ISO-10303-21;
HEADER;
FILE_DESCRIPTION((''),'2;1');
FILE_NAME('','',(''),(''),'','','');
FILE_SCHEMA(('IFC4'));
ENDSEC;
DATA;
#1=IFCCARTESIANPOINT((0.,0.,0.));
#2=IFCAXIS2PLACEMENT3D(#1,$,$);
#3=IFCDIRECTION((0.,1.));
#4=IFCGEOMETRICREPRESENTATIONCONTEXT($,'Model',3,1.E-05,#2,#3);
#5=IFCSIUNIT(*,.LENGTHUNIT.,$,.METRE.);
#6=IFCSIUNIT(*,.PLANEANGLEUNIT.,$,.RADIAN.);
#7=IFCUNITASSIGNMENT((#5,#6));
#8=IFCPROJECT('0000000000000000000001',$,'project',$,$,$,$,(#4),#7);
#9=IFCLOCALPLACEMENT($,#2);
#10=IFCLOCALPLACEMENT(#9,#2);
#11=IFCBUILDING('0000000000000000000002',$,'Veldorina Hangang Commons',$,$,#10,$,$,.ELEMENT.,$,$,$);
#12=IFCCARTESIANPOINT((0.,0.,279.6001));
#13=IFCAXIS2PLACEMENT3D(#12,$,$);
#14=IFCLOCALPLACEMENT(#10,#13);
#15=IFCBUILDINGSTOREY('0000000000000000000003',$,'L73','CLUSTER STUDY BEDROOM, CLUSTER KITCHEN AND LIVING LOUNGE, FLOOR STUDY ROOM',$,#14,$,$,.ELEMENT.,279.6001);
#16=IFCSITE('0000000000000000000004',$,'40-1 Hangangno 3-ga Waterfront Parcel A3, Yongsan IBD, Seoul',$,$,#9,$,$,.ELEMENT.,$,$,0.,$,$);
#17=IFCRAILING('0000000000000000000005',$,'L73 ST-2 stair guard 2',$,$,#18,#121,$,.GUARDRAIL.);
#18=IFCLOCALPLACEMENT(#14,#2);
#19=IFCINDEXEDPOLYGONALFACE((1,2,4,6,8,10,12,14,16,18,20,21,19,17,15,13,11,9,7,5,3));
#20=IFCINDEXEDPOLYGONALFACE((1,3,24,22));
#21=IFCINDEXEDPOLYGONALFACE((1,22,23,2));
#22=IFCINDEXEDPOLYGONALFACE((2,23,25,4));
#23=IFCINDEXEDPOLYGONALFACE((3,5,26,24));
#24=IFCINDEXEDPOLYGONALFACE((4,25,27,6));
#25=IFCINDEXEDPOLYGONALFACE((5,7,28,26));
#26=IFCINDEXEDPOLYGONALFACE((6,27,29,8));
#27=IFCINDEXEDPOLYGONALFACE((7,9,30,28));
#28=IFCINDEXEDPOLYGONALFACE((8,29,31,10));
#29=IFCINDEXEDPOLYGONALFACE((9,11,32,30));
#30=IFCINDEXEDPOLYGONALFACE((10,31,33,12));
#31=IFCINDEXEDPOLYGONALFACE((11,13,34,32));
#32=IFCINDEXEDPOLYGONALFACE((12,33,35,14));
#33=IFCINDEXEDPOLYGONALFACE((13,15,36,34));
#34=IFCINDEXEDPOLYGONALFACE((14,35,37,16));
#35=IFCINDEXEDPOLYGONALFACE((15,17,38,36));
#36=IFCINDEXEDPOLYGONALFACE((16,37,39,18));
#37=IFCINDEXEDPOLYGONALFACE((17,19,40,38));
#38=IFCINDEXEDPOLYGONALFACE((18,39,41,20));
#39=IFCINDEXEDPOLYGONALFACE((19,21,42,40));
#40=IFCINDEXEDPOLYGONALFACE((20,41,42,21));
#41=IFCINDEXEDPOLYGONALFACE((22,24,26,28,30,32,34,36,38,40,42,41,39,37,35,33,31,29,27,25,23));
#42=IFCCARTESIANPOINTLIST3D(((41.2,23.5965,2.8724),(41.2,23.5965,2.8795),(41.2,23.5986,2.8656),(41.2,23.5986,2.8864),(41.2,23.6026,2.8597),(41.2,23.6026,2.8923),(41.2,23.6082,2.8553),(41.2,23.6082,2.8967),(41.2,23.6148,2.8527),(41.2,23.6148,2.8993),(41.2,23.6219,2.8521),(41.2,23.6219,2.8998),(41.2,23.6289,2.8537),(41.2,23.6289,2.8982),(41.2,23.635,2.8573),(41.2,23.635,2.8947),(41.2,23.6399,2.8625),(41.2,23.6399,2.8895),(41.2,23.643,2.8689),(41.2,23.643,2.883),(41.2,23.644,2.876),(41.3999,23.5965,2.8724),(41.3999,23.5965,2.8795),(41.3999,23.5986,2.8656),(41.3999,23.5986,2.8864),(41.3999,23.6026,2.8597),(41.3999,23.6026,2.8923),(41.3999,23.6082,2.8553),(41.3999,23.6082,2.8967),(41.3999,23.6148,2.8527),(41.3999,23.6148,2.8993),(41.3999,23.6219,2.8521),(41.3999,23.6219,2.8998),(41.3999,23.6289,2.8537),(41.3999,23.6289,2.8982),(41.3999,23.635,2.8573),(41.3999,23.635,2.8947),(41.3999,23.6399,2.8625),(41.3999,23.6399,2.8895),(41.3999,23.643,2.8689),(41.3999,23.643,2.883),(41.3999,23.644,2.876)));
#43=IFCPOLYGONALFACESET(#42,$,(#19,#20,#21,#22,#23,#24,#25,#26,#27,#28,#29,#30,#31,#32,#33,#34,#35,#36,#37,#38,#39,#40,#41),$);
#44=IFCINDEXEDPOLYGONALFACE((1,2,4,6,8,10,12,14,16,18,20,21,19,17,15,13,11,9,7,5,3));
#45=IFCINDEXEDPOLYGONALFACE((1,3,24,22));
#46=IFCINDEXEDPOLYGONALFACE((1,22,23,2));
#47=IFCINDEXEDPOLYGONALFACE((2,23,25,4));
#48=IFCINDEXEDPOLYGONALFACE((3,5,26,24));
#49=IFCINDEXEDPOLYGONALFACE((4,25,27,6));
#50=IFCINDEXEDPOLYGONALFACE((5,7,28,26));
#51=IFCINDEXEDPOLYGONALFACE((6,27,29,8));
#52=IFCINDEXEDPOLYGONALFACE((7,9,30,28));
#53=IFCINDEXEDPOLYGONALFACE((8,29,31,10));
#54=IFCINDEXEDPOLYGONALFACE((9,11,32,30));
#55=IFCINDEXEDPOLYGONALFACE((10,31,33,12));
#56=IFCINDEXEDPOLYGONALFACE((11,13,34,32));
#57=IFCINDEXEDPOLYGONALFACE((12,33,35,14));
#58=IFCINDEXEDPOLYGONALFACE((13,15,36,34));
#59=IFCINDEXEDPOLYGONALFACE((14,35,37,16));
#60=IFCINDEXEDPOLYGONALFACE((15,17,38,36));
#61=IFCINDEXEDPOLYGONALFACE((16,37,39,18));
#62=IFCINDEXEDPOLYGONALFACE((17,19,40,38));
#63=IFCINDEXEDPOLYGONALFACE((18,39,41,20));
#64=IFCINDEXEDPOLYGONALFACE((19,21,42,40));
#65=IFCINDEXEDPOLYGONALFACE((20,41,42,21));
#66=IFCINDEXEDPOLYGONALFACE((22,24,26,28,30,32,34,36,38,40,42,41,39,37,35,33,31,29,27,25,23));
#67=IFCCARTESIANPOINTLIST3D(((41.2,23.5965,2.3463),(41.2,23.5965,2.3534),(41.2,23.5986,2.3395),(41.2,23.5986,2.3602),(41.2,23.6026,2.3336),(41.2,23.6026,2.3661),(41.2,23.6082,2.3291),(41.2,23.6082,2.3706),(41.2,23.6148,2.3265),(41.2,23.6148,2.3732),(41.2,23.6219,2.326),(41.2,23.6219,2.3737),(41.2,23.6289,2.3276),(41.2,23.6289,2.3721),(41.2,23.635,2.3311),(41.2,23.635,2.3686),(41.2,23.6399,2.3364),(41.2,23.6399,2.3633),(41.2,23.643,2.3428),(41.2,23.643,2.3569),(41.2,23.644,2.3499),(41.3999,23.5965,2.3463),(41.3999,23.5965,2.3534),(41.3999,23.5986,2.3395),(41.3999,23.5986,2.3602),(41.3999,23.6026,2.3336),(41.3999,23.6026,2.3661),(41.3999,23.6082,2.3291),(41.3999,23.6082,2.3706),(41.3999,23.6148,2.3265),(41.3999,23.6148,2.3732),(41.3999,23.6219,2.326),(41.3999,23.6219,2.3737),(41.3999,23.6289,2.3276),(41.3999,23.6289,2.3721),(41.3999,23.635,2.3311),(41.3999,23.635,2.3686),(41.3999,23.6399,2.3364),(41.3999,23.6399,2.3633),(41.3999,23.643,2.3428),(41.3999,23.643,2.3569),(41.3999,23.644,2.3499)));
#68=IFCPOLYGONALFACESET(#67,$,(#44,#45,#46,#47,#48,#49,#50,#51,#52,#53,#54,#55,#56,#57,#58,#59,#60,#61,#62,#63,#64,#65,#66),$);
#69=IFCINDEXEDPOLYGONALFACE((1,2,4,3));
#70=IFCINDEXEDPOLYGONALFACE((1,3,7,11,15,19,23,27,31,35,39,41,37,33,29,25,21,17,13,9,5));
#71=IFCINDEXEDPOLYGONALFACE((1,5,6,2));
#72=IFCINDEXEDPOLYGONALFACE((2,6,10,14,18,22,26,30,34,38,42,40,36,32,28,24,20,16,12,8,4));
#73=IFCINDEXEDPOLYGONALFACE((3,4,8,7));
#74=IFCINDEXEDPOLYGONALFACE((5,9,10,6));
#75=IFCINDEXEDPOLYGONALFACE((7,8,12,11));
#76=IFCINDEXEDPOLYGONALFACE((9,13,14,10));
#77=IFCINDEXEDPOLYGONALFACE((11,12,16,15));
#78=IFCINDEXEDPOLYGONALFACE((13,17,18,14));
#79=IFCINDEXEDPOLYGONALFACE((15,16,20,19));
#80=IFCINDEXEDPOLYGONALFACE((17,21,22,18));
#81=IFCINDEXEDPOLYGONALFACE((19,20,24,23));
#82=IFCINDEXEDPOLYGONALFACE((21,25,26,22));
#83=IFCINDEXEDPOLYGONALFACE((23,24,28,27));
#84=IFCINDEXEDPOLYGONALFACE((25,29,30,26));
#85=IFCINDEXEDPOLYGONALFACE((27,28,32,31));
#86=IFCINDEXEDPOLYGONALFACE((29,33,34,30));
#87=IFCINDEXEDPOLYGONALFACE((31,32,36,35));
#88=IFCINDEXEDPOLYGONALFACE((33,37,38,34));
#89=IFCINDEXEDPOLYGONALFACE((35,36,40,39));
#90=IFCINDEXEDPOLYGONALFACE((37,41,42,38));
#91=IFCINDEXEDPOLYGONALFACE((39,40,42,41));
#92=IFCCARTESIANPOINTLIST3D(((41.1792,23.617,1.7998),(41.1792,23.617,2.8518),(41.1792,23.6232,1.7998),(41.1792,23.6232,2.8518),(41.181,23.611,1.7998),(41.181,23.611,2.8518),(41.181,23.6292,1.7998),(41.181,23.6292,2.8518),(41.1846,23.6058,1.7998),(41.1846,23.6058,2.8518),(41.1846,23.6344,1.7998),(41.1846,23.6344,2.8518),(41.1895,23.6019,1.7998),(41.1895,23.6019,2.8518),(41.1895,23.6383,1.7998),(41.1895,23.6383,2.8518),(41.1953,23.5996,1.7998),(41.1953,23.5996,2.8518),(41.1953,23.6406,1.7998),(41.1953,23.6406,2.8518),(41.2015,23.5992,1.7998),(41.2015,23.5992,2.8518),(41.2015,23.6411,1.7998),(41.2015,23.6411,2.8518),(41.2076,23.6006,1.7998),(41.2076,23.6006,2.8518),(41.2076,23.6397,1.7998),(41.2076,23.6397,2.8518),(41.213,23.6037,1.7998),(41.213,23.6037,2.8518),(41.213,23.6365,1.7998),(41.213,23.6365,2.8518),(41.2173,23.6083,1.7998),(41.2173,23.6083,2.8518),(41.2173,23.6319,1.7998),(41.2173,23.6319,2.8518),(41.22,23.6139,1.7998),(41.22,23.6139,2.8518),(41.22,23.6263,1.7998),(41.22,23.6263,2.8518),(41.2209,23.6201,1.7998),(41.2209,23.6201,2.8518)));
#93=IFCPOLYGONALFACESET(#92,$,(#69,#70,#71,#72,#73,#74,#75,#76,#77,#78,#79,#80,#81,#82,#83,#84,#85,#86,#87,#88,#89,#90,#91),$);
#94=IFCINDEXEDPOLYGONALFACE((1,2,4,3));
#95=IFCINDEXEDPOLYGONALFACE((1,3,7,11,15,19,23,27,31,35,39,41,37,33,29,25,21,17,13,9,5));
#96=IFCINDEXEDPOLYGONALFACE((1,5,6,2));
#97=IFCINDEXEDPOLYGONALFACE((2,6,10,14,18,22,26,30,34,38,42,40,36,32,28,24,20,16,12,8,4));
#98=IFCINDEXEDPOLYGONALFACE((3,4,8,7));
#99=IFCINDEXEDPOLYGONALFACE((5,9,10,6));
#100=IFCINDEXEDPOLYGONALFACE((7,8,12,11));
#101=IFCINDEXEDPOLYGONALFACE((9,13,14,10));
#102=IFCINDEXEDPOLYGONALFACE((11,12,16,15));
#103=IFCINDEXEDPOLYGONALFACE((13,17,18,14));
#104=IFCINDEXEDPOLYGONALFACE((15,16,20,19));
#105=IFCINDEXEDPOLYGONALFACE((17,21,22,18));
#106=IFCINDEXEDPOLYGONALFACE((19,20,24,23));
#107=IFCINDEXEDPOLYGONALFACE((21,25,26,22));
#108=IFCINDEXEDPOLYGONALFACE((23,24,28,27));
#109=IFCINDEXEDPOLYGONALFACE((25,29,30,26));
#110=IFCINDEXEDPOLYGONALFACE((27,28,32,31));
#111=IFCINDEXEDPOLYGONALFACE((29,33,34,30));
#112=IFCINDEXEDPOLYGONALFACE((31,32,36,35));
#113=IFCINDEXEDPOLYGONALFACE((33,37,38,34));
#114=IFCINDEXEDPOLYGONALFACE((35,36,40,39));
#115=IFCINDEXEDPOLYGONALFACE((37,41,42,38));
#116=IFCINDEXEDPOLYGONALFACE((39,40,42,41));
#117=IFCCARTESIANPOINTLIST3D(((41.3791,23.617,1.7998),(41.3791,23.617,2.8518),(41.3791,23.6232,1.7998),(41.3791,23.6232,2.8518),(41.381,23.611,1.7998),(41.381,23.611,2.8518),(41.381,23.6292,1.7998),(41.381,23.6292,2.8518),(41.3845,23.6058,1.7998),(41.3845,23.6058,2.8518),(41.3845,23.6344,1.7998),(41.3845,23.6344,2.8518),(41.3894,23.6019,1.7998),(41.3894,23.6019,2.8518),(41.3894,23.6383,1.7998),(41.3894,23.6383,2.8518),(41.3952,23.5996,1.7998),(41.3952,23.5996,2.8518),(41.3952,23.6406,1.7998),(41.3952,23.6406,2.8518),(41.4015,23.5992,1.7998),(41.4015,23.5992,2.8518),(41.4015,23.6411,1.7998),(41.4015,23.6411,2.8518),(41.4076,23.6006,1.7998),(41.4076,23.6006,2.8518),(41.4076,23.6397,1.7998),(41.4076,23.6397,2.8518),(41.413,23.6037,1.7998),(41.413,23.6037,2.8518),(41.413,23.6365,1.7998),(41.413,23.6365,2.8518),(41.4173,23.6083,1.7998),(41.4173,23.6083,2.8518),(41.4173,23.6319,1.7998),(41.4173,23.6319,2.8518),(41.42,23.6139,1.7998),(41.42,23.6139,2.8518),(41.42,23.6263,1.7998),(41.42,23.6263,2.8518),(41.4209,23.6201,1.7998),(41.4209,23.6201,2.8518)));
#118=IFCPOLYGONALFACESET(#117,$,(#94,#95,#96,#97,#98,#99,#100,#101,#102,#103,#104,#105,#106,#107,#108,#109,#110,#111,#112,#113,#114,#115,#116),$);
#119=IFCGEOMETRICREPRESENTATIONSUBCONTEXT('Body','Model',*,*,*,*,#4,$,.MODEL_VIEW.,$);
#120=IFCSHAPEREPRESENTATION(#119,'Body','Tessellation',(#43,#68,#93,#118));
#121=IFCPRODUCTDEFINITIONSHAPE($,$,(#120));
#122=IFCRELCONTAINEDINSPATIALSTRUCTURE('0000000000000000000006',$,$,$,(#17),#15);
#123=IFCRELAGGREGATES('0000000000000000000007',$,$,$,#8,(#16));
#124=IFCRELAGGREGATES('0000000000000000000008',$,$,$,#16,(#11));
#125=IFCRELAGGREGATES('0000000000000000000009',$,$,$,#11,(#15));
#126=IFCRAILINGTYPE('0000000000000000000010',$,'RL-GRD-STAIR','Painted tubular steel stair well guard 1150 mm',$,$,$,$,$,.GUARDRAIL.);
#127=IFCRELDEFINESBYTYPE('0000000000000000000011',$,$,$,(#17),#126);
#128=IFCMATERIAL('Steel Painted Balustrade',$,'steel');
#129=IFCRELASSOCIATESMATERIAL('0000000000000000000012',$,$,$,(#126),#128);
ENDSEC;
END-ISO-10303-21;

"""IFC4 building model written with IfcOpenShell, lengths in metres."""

from ifc_helpers import new_model, si_unit, direction, frame, origin, origin_2d, place, context, subcontext, project, spatial, circle, extrude, material, type_object, element, save


model = new_model("IFC4")

# Units and contexts
model_context = context("Model", 3, precision=1e-05, world=origin(), true_north=direction((0.0, 1.0)))
body_context = subcontext(model_context, "Body", "Model", "MODEL_VIEW")
ifc_project = project(units=[si_unit("LENGTHUNIT", "METRE"), si_unit("PLANEANGLEUNIT", "RADIAN")], contexts=[model_context])

# Site, building, storey
site_placement = place(None, origin())
site = spatial("IfcSite", under=ifc_project, at=site_placement, Name="40-1 Hangangno 3-ga Waterfront Parcel A3, Yongsan IBD, Seoul", CompositionType="ELEMENT", RefElevation=0.0)
building_placement = place(site_placement, origin())
building = spatial("IfcBuilding", under=site, at=building_placement, Name="Veldorina Hangang Commons", CompositionType="ELEMENT")
storey_placement = place(building_placement, frame((0.0, 0.0, 279.6001)))
storey = spatial("IfcBuildingStorey", under=building, at=storey_placement, Name="L73", Description="CLUSTER STUDY BEDROOM, CLUSTER KITCHEN AND LIVING LOUNGE, FLOOR STUDY ROOM", CompositionType="ELEMENT", Elevation=279.6001)

# Railing
ifc_material_1 = material(Name="Steel Painted Balustrade", Category="steel")
railing_type_1 = type_object("IfcRailingType", Name="RL-GRD-STAIR", Description="Painted tubular steel stair well guard 1150 mm", PredefinedType="GUARDRAIL", material=ifc_material_1)
railing_1_placement = place(storey_placement, frame((41.2, 23.6201, 1.7998)))
element("IfcRailing", 1, at=railing_1_placement, inside=storey, type_object=railing_type_1, Name="L73 ST-2 stair guard 2", PredefinedType="GUARDRAIL", context=body_context, shape_type="SweptSolid", body=[
    extrude(circle(Radius=0.0239, at=origin_2d()), frame((0.0, 0.0, 1.0762), z_axis=(1.0, 0.0, 0.0), x_axis=(0.0, 1.0, 0.0)), (0.0, 0.0, 1.0), 0.2),
    extrude(circle(Radius=0.0239, at=origin_2d()), frame((0.0, 0.0, 0.55), z_axis=(1.0, 0.0, 0.0), x_axis=(0.0, 1.0, 0.0)), (0.0, 0.0, 1.0), 0.2),
    extrude(circle(Radius=0.021, at=origin_2d()), origin(), (0.0, 0.0, 1.0), 1.052),
    extrude(circle(Radius=0.021, at=origin_2d()), frame((0.2, 0.0, 0.0)), (0.0, 0.0, 1.0), 1.052),
])

save(model, "model.ifc")
